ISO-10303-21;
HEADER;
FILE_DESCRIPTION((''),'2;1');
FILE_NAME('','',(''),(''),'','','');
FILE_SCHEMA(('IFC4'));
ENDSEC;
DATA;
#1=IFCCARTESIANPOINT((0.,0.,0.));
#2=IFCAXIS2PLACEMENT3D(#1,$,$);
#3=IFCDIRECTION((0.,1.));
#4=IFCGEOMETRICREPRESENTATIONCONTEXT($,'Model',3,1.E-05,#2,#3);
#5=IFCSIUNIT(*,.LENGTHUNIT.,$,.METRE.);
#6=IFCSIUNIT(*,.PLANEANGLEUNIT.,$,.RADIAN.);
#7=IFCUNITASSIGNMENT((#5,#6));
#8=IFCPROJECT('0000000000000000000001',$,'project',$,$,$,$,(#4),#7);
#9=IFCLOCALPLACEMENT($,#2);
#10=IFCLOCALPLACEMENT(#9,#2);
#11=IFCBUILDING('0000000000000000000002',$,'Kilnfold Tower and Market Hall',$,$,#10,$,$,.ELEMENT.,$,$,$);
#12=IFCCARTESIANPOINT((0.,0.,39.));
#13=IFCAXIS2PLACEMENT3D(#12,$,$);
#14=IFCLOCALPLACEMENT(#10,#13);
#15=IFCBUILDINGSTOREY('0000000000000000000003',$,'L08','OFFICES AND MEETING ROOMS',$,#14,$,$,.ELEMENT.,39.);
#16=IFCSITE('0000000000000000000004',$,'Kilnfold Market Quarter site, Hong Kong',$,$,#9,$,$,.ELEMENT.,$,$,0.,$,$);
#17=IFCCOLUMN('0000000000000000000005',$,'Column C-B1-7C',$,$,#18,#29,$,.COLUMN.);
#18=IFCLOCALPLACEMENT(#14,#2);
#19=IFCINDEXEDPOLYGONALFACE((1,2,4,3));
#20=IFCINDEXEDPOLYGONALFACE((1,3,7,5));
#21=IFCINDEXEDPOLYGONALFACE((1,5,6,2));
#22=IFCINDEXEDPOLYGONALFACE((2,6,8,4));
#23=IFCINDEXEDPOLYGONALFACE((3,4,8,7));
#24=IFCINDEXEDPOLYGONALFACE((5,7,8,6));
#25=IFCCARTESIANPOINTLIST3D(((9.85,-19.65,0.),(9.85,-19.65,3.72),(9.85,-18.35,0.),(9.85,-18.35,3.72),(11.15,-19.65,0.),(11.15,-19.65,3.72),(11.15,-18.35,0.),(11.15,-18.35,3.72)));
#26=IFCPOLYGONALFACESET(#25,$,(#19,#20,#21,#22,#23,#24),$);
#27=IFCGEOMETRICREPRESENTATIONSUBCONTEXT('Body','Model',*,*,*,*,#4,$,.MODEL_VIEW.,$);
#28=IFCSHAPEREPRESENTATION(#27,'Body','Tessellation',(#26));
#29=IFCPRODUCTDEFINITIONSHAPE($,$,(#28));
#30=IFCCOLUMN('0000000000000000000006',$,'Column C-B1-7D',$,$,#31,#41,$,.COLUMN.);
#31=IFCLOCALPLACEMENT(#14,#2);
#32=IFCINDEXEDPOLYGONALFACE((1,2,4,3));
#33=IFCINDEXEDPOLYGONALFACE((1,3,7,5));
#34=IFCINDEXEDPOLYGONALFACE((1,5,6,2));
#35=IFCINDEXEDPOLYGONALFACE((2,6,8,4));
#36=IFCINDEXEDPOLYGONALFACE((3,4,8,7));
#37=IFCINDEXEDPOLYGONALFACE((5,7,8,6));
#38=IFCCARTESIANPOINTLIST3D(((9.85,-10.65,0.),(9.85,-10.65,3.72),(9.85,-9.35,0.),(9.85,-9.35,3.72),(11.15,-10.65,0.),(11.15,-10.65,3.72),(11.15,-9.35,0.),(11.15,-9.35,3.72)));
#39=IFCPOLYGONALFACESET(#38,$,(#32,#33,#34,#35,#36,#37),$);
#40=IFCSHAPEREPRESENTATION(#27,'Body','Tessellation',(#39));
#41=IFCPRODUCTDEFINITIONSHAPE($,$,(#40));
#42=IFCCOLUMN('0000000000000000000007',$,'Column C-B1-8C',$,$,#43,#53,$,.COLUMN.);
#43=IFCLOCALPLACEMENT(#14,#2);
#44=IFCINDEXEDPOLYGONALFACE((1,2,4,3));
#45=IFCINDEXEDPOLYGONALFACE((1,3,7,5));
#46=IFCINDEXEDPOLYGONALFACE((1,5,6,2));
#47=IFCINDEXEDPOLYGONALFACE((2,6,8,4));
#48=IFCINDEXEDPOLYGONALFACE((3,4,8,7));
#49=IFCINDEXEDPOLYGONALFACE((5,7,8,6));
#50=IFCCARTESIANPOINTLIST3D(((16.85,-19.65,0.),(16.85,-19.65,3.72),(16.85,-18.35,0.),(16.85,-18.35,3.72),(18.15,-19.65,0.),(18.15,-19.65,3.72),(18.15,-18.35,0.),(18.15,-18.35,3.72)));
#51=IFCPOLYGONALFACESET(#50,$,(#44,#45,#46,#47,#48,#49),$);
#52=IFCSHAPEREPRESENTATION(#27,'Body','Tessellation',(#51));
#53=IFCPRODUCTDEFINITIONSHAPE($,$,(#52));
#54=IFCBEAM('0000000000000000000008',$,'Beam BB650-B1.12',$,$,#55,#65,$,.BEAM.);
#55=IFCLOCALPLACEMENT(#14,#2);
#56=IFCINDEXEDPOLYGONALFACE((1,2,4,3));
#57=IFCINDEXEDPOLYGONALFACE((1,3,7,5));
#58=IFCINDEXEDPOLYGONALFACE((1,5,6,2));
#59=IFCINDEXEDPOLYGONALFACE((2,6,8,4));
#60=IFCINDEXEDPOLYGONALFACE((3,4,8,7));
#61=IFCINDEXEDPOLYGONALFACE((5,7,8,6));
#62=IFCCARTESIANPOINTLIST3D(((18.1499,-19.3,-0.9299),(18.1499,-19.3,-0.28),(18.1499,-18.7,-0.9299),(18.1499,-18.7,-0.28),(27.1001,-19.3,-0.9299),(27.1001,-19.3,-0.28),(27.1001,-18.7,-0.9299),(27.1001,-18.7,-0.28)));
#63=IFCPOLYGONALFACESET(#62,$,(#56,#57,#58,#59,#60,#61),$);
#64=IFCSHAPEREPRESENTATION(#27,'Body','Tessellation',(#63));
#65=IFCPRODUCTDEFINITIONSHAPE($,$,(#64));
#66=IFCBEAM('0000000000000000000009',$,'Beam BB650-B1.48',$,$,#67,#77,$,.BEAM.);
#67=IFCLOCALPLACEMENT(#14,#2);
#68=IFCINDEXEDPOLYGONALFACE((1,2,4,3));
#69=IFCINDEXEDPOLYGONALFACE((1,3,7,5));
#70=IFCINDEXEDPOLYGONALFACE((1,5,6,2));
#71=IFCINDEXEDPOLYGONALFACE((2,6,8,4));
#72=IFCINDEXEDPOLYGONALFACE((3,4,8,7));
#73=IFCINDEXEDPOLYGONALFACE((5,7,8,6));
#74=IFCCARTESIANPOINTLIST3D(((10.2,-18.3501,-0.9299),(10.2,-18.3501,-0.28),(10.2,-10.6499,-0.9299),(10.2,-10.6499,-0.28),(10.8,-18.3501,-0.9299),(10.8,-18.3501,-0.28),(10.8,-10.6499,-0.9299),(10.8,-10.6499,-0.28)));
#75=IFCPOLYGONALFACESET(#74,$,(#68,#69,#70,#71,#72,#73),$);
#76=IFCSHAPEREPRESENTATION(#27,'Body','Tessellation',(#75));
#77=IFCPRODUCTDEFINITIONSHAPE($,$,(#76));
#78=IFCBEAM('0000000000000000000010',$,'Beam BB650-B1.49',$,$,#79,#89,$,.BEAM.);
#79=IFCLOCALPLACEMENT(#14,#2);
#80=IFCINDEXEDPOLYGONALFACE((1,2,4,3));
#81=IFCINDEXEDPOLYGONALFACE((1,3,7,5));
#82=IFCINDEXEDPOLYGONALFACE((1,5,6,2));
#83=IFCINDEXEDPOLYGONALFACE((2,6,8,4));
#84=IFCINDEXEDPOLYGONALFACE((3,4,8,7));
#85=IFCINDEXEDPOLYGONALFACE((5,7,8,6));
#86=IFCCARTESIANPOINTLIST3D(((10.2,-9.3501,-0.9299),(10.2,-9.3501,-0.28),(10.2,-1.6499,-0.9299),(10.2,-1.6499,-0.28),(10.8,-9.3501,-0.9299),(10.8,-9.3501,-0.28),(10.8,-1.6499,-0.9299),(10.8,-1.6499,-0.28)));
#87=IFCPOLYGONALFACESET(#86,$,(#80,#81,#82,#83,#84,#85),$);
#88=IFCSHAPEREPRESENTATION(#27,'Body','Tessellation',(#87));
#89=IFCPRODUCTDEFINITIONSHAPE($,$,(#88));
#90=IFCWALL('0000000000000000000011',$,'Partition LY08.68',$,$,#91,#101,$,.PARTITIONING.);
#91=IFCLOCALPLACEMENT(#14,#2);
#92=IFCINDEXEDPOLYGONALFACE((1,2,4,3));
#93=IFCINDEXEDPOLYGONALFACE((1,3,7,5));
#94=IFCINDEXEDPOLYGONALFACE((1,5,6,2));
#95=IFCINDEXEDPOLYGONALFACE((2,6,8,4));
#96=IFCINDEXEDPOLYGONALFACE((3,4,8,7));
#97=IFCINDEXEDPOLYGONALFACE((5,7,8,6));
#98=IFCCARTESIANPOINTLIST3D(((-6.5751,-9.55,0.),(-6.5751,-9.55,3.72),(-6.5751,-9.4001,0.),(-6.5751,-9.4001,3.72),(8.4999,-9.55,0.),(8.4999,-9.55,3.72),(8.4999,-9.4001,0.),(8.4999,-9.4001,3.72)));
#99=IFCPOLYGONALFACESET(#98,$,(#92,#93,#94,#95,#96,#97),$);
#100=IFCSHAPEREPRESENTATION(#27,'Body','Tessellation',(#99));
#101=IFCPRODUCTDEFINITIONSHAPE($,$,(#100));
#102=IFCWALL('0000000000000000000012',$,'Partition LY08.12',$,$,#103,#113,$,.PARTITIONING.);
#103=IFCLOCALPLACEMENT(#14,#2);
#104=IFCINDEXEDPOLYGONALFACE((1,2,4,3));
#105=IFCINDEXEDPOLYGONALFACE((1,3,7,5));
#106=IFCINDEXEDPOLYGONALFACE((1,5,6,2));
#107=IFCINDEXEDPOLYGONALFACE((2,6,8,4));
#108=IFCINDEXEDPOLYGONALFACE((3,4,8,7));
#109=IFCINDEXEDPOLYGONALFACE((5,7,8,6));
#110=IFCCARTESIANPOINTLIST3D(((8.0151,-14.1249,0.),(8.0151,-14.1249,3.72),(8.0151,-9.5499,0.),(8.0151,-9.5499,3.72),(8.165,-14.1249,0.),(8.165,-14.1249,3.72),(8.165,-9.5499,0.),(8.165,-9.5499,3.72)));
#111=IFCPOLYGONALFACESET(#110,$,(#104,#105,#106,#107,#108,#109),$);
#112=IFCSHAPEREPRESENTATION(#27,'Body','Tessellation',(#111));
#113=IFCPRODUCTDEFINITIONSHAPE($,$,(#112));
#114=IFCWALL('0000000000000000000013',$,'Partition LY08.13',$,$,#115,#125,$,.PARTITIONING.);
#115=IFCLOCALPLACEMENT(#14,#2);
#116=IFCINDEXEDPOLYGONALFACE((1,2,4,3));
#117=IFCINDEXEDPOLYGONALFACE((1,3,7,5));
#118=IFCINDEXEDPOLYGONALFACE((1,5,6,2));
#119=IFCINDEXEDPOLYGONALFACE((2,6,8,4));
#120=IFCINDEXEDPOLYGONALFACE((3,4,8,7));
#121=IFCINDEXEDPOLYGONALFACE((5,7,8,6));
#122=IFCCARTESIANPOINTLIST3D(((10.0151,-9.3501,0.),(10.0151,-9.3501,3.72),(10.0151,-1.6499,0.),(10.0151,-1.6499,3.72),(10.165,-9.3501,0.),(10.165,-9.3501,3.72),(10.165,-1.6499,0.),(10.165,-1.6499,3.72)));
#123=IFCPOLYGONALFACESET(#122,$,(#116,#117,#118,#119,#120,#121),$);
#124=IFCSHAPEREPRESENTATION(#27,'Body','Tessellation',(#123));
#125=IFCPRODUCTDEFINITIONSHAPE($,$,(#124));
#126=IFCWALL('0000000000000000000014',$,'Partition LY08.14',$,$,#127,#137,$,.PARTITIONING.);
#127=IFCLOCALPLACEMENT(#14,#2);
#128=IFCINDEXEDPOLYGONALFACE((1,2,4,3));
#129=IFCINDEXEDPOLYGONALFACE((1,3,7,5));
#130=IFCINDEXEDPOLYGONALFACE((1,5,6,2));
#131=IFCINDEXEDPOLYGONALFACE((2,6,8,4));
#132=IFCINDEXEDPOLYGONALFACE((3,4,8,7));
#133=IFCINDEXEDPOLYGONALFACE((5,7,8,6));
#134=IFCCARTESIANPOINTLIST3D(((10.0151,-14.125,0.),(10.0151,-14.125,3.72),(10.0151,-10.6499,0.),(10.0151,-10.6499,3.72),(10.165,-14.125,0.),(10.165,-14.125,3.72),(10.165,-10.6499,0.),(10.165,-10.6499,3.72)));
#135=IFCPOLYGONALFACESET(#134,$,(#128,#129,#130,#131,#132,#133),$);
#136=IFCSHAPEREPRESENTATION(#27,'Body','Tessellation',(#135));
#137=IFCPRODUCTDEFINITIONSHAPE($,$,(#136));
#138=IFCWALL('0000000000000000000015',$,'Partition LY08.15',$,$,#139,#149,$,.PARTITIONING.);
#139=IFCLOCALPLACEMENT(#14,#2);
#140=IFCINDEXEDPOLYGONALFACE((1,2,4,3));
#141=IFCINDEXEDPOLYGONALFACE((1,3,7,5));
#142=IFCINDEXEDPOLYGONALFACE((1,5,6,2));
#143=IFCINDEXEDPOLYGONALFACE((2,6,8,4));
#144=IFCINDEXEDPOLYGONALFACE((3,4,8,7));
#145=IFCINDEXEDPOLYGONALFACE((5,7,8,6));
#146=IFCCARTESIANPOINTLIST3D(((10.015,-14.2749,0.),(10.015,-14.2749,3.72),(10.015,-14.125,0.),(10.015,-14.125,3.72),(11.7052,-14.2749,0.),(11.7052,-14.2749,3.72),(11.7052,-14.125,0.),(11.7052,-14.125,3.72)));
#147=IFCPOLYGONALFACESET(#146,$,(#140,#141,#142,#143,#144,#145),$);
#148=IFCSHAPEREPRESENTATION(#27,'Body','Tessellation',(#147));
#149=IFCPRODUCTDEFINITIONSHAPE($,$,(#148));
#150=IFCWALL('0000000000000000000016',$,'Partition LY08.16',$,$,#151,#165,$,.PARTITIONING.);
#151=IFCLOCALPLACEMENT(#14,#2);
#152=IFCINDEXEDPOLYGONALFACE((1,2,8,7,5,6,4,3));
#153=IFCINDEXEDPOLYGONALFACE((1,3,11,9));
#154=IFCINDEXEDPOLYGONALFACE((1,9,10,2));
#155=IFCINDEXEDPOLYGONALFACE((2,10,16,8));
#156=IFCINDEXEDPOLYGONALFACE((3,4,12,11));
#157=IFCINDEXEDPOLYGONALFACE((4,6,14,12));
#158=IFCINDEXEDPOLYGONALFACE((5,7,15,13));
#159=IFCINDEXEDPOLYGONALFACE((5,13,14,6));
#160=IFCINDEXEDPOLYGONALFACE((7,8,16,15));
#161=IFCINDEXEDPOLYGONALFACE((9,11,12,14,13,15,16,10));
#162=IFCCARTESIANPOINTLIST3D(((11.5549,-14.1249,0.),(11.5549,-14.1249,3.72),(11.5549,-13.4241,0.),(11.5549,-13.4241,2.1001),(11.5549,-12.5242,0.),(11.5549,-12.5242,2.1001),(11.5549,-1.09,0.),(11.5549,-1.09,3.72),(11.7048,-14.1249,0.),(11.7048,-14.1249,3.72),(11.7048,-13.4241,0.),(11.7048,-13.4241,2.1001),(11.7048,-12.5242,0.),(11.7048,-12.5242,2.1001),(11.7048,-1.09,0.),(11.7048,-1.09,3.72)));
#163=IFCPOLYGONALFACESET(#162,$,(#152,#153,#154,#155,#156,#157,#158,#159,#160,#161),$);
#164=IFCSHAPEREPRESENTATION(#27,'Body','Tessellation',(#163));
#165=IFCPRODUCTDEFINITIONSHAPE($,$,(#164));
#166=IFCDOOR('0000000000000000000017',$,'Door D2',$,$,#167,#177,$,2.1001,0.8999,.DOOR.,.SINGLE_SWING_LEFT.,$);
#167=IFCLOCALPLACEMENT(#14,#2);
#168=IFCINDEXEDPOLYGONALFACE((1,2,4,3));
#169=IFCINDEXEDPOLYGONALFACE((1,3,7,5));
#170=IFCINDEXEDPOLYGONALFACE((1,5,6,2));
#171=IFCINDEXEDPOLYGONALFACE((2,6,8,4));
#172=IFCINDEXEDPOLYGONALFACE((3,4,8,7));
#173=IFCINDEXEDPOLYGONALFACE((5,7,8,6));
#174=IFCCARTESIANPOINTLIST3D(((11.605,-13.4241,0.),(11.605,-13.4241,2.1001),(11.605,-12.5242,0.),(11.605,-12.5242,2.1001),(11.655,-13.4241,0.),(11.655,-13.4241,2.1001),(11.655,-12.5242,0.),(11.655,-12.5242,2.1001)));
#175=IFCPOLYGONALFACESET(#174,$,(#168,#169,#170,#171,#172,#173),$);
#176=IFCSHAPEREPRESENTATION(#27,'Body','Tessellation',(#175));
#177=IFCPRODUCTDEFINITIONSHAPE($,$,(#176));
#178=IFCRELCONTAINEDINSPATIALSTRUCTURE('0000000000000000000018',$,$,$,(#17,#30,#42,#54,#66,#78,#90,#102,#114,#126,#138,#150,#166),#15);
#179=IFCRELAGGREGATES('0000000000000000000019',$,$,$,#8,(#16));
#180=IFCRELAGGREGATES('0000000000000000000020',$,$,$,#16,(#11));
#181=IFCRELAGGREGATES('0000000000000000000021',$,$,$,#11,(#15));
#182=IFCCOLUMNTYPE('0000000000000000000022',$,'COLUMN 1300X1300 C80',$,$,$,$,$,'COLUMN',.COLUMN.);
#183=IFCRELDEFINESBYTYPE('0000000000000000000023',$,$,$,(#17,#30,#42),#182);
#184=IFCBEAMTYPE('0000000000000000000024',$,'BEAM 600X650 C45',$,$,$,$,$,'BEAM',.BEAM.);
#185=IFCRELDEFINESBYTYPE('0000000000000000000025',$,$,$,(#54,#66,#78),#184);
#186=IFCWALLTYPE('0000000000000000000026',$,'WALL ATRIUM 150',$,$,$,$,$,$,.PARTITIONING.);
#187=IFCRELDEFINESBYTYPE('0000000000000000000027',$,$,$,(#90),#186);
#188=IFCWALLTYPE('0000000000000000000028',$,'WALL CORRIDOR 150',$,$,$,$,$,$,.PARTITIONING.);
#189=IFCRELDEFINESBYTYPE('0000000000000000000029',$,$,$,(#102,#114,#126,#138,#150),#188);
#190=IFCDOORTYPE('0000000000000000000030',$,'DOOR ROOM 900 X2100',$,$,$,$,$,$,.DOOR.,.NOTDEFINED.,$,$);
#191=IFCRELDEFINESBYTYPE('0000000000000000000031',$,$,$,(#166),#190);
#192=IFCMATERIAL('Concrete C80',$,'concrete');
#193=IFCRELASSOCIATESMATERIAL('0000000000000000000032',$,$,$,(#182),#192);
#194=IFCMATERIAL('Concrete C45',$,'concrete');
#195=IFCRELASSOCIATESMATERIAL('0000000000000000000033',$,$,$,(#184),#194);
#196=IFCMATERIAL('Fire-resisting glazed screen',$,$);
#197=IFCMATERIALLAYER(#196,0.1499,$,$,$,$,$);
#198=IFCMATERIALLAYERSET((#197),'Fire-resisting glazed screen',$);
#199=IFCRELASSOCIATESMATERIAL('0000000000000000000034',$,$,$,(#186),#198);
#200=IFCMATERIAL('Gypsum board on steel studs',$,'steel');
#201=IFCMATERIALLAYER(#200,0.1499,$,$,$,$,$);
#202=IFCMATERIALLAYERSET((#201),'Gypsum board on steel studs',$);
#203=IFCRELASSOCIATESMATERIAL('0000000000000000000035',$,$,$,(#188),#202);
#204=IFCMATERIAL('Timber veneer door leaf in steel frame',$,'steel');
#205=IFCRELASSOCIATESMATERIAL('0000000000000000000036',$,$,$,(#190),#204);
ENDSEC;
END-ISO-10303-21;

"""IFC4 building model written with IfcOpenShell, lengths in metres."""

from ifc_helpers import new_model, si_unit, direction, frame, frame_2d, origin, origin_2d, place, context, subcontext, project, spatial, rectangle, extrude, source, transform, mapped, material, layer, layer_set, material_profile, profile_set, type_object, element, fill, save


model = new_model("IFC4")

# Units and contexts
model_context = context("Model", 3, precision=1e-05, world=origin(), true_north=direction((0.0, 1.0)))
body_context = subcontext(model_context, "Body", "Model", "MODEL_VIEW")
ifc_project = project(units=[si_unit("LENGTHUNIT", "METRE"), si_unit("PLANEANGLEUNIT", "RADIAN")], contexts=[model_context])

# Site, building, storey
site_placement = place(None, origin())
site = spatial("IfcSite", under=ifc_project, at=site_placement, Name="Kilnfold Market Quarter site, Hong Kong", CompositionType="ELEMENT", RefElevation=0.0)
building_placement = place(site_placement, origin())
building = spatial("IfcBuilding", under=site, at=building_placement, Name="Kilnfold Tower and Market Hall", CompositionType="ELEMENT")
storey_placement = place(building_placement, frame((0.0, 0.0, 39.0)))
storey = spatial("IfcBuildingStorey", under=building, at=storey_placement, Name="L08", Description="OFFICES AND MEETING ROOMS", CompositionType="ELEMENT", Elevation=39.0)

# Columns
ifc_material_1 = material(Name="Concrete C80", Category="concrete")
ifc_material_profile_1 = material_profile(ifc_material_1, rectangle(XDim=1.3, YDim=1.3, at=origin_2d()), Name="RC 1300x1300")
ifc_profile_set_1 = profile_set([ifc_material_profile_1], Name="Concrete C80")
column_type = type_object("IfcColumnType", Name="COLUMN 1300X1300 C80", ElementType="COLUMN", PredefinedType="COLUMN", material=ifc_profile_set_1)
shared_shape_1 = source(origin(), body_context, "Body", "SweptSolid", [
    extrude(rectangle(XDim=1.3, YDim=1.3, at=origin_2d()), origin(), (0.0, 0.0, 1.0), 3.72),
])
for number, where, z_axis, x_axis, name in (
    (1, (10.5, -19.0, 0.0), (0.0, 0.0, 1.0), (1.0, 0.0, 0.0), "Column C-B1-7C"),
    (2, (10.5, -10.0, 0.0), (0.0, 0.0, 1.0), (1.0, 0.0, 0.0), "Column C-B1-7D"),
    (3, (17.5, -19.0, 0.0), (0.0, 0.0, 1.0), (1.0, 0.0, 0.0), "Column C-B1-8C"),
):
    element("IfcColumn", number, at=place(storey_placement, frame(where, z_axis=z_axis, x_axis=x_axis)), inside=storey, type_object=column_type, Name=name, PredefinedType="COLUMN", context=body_context, shape_type="MappedRepresentation", body=[
        mapped(shared_shape_1, transform((0.0, 0.0, 0.0))),
    ])

# Beams
ifc_material_2 = material(Name="Concrete C45", Category="concrete")
ifc_material_profile_2 = material_profile(ifc_material_2, rectangle(XDim=0.6001, YDim=0.6499, at=origin_2d()), Name="RC 600x650")
ifc_profile_set_2 = profile_set([ifc_material_profile_2], Name="Concrete C45")
beam_type = type_object("IfcBeamType", Name="BEAM 600X650 C45", ElementType="BEAM", PredefinedType="BEAM", material=ifc_profile_set_2)
shared_shape_2 = source(origin(), body_context, "Body", "SweptSolid", [
    extrude(rectangle(XDim=0.6001, YDim=0.6499, at=origin_2d()), origin(), (0.0, 0.0, 1.0), 8.9502),
])
beam_placement = place(storey_placement, frame((18.1499, -19.0, -0.605), z_axis=(1.0, 0.0, 0.0), x_axis=(0.0, 1.0, 0.0)))
element("IfcBeam", 4, at=beam_placement, inside=storey, type_object=beam_type, Name="Beam BB650-B1.12", PredefinedType="BEAM", context=body_context, shape_type="MappedRepresentation", body=[
    mapped(shared_shape_2, transform((0.0, 0.0, 0.0))),
])
shared_shape_3 = source(origin(), body_context, "Body", "SweptSolid", [
    extrude(rectangle(XDim=0.6001, YDim=0.6499, at=origin_2d()), origin(), (0.0, 0.0, 1.0), 7.7002),
])
for number, where, z_axis, x_axis, name in (
    (5, (10.5, -18.3501, -0.605), (0.0, 1.0, 0.0), (-1.0, 0.0, 0.0), "Beam BB650-B1.48"),
    (6, (10.5, -9.3501, -0.605), (0.0, 1.0, 0.0), (-1.0, 0.0, 0.0), "Beam BB650-B1.49"),
):
    element("IfcBeam", number, at=place(storey_placement, frame(where, z_axis=z_axis, x_axis=x_axis)), inside=storey, type_object=beam_type, Name=name, PredefinedType="BEAM", context=body_context, shape_type="MappedRepresentation", body=[
        mapped(shared_shape_3, transform((0.0, 0.0, 0.0))),
    ])

# Walls
ifc_material_3 = material(Name="Fire-resisting glazed screen")
ifc_layer_1 = layer(ifc_material_3, 0.1499)
ifc_layer_set_1 = layer_set([ifc_layer_1], Name="Fire-resisting glazed screen")
wall_type_1 = type_object("IfcWallType", Name="WALL ATRIUM 150", PredefinedType="PARTITIONING", material=ifc_layer_set_1)
wall_1_placement = place(storey_placement, frame((8.5, -9.4751, 0.0), z_axis=(0.0, 0.0, 1.0), x_axis=(-1.0, 0.0, 0.0)))
element("IfcWall", 7, at=wall_1_placement, inside=storey, type_object=wall_type_1, Name="Partition LY08.68", PredefinedType="PARTITIONING", context=body_context, shape_type="SweptSolid", body=[
    extrude(rectangle(XDim=15.075, YDim=0.1499, at=frame_2d((7.5376, 0.0))), origin(), (0.0, 0.0, 1.0), 3.72),
])
ifc_material_4 = material(Name="Gypsum board on steel studs", Category="steel")
ifc_layer_2 = layer(ifc_material_4, 0.1499)
ifc_layer_set_2 = layer_set([ifc_layer_2], Name="Gypsum board on steel studs")
wall_type_2 = type_object("IfcWallType", Name="WALL CORRIDOR 150", PredefinedType="PARTITIONING", material=ifc_layer_set_2)
wall_2_placement = place(storey_placement, frame((8.0901, -14.125, 0.0), z_axis=(0.0, 0.0, 1.0), x_axis=(0.0, 1.0, 0.0)))
element("IfcWall", 8, at=wall_2_placement, inside=storey, type_object=wall_type_2, Name="Partition LY08.12", PredefinedType="PARTITIONING", context=body_context, shape_type="SweptSolid", body=[
    extrude(rectangle(XDim=4.575, YDim=0.1499, at=frame_2d((2.2876, 0.0))), origin(), (0.0, 0.0, 1.0), 3.72),
])
wall_3_placement = place(storey_placement, frame((10.0901, -9.3501, 0.0), z_axis=(0.0, 0.0, 1.0), x_axis=(0.0, 1.0, 0.0)))
element("IfcWall", 9, at=wall_3_placement, inside=storey, type_object=wall_type_2, Name="Partition LY08.13", PredefinedType="PARTITIONING", context=body_context, shape_type="SweptSolid", body=[
    extrude(rectangle(XDim=7.7002, YDim=0.1499, at=frame_2d((3.8501, 0.0))), origin(), (0.0, 0.0, 1.0), 3.72),
])
wall_4_placement = place(storey_placement, frame((10.0901, -14.125, 0.0), z_axis=(0.0, 0.0, 1.0), x_axis=(0.0, 1.0, 0.0)))
element("IfcWall", 10, at=wall_4_placement, inside=storey, type_object=wall_type_2, Name="Partition LY08.14", PredefinedType="PARTITIONING", context=body_context, shape_type="SweptSolid", body=[
    extrude(rectangle(XDim=3.4751, YDim=0.1499, at=frame_2d((1.7375, 0.0))), origin(), (0.0, 0.0, 1.0), 3.72),
])
wall_5_placement = place(storey_placement, frame((10.0149, -14.2, 0.0), z_axis=(0.0, 0.0, 1.0), x_axis=(1.0, 0.0, 0.0)))
element("IfcWall", 11, at=wall_5_placement, inside=storey, type_object=wall_type_2, Name="Partition LY08.15", PredefinedType="PARTITIONING", context=body_context, shape_type="SweptSolid", body=[
    extrude(rectangle(XDim=1.6902, YDim=0.1499, at=frame_2d((0.8452, 0.0))), origin(), (0.0, 0.0, 1.0), 3.72),
])

# Wall, opening, door
wall_6_placement = place(storey_placement, frame((11.6299, -14.125, 0.0), z_axis=(0.0, 0.0, 1.0), x_axis=(0.0, 1.0, 0.0)))
wall_6 = element("IfcWall", 12, at=wall_6_placement, inside=storey, type_object=wall_type_2, Name="Partition LY08.16", PredefinedType="PARTITIONING", context=body_context, shape_type="SweptSolid", body=[
    extrude(rectangle(XDim=13.0349, YDim=0.1499, at=frame_2d((6.5176, 0.0))), origin(), (0.0, 0.0, 1.0), 3.72),
])
opening_1_placement = place(wall_6_placement, frame((0.7009, 0.0, 0.0)))
opening_1 = element("IfcOpeningElement", 13, at=opening_1_placement, cuts=wall_6, PredefinedType="OPENING", context=body_context, shape_type="SweptSolid", body=[
    extrude(rectangle(XDim=0.8999, YDim=2.1001, at=frame_2d((0.45, 1.05))), frame((0.0, 0.085, 0.0), z_axis=(0.0, -1.0, 0.0), x_axis=(1.0, 0.0, 0.0)), (0.0, 0.0, 1.0), 0.1699),
])
ifc_material_5 = material(Name="Timber veneer door leaf in steel frame", Category="steel")
door_type_1 = type_object("IfcDoorType", Name="DOOR ROOM 900 X2100", OperationType="NOTDEFINED", PredefinedType="DOOR", material=ifc_material_5)
door_1_placement = place(opening_1_placement, origin())
door_1 = element("IfcDoor", 14, at=door_1_placement, inside=storey, type_object=door_type_1, Name="Door D2", OperationType="SINGLE_SWING_LEFT", OverallHeight=2.1001, OverallWidth=0.8999, PredefinedType="DOOR", context=body_context, shape_type="SweptSolid", body=[
    extrude(rectangle(XDim=0.8999, YDim=2.1001, at=frame_2d((0.45, 1.05))), frame((0.0, 0.0249, 0.0), z_axis=(0.0, -1.0, 0.0), x_axis=(1.0, 0.0, 0.0)), (0.0, 0.0, 1.0), 0.05),
])
fill(opening_1, door_1)

save(model, "model.ifc")
